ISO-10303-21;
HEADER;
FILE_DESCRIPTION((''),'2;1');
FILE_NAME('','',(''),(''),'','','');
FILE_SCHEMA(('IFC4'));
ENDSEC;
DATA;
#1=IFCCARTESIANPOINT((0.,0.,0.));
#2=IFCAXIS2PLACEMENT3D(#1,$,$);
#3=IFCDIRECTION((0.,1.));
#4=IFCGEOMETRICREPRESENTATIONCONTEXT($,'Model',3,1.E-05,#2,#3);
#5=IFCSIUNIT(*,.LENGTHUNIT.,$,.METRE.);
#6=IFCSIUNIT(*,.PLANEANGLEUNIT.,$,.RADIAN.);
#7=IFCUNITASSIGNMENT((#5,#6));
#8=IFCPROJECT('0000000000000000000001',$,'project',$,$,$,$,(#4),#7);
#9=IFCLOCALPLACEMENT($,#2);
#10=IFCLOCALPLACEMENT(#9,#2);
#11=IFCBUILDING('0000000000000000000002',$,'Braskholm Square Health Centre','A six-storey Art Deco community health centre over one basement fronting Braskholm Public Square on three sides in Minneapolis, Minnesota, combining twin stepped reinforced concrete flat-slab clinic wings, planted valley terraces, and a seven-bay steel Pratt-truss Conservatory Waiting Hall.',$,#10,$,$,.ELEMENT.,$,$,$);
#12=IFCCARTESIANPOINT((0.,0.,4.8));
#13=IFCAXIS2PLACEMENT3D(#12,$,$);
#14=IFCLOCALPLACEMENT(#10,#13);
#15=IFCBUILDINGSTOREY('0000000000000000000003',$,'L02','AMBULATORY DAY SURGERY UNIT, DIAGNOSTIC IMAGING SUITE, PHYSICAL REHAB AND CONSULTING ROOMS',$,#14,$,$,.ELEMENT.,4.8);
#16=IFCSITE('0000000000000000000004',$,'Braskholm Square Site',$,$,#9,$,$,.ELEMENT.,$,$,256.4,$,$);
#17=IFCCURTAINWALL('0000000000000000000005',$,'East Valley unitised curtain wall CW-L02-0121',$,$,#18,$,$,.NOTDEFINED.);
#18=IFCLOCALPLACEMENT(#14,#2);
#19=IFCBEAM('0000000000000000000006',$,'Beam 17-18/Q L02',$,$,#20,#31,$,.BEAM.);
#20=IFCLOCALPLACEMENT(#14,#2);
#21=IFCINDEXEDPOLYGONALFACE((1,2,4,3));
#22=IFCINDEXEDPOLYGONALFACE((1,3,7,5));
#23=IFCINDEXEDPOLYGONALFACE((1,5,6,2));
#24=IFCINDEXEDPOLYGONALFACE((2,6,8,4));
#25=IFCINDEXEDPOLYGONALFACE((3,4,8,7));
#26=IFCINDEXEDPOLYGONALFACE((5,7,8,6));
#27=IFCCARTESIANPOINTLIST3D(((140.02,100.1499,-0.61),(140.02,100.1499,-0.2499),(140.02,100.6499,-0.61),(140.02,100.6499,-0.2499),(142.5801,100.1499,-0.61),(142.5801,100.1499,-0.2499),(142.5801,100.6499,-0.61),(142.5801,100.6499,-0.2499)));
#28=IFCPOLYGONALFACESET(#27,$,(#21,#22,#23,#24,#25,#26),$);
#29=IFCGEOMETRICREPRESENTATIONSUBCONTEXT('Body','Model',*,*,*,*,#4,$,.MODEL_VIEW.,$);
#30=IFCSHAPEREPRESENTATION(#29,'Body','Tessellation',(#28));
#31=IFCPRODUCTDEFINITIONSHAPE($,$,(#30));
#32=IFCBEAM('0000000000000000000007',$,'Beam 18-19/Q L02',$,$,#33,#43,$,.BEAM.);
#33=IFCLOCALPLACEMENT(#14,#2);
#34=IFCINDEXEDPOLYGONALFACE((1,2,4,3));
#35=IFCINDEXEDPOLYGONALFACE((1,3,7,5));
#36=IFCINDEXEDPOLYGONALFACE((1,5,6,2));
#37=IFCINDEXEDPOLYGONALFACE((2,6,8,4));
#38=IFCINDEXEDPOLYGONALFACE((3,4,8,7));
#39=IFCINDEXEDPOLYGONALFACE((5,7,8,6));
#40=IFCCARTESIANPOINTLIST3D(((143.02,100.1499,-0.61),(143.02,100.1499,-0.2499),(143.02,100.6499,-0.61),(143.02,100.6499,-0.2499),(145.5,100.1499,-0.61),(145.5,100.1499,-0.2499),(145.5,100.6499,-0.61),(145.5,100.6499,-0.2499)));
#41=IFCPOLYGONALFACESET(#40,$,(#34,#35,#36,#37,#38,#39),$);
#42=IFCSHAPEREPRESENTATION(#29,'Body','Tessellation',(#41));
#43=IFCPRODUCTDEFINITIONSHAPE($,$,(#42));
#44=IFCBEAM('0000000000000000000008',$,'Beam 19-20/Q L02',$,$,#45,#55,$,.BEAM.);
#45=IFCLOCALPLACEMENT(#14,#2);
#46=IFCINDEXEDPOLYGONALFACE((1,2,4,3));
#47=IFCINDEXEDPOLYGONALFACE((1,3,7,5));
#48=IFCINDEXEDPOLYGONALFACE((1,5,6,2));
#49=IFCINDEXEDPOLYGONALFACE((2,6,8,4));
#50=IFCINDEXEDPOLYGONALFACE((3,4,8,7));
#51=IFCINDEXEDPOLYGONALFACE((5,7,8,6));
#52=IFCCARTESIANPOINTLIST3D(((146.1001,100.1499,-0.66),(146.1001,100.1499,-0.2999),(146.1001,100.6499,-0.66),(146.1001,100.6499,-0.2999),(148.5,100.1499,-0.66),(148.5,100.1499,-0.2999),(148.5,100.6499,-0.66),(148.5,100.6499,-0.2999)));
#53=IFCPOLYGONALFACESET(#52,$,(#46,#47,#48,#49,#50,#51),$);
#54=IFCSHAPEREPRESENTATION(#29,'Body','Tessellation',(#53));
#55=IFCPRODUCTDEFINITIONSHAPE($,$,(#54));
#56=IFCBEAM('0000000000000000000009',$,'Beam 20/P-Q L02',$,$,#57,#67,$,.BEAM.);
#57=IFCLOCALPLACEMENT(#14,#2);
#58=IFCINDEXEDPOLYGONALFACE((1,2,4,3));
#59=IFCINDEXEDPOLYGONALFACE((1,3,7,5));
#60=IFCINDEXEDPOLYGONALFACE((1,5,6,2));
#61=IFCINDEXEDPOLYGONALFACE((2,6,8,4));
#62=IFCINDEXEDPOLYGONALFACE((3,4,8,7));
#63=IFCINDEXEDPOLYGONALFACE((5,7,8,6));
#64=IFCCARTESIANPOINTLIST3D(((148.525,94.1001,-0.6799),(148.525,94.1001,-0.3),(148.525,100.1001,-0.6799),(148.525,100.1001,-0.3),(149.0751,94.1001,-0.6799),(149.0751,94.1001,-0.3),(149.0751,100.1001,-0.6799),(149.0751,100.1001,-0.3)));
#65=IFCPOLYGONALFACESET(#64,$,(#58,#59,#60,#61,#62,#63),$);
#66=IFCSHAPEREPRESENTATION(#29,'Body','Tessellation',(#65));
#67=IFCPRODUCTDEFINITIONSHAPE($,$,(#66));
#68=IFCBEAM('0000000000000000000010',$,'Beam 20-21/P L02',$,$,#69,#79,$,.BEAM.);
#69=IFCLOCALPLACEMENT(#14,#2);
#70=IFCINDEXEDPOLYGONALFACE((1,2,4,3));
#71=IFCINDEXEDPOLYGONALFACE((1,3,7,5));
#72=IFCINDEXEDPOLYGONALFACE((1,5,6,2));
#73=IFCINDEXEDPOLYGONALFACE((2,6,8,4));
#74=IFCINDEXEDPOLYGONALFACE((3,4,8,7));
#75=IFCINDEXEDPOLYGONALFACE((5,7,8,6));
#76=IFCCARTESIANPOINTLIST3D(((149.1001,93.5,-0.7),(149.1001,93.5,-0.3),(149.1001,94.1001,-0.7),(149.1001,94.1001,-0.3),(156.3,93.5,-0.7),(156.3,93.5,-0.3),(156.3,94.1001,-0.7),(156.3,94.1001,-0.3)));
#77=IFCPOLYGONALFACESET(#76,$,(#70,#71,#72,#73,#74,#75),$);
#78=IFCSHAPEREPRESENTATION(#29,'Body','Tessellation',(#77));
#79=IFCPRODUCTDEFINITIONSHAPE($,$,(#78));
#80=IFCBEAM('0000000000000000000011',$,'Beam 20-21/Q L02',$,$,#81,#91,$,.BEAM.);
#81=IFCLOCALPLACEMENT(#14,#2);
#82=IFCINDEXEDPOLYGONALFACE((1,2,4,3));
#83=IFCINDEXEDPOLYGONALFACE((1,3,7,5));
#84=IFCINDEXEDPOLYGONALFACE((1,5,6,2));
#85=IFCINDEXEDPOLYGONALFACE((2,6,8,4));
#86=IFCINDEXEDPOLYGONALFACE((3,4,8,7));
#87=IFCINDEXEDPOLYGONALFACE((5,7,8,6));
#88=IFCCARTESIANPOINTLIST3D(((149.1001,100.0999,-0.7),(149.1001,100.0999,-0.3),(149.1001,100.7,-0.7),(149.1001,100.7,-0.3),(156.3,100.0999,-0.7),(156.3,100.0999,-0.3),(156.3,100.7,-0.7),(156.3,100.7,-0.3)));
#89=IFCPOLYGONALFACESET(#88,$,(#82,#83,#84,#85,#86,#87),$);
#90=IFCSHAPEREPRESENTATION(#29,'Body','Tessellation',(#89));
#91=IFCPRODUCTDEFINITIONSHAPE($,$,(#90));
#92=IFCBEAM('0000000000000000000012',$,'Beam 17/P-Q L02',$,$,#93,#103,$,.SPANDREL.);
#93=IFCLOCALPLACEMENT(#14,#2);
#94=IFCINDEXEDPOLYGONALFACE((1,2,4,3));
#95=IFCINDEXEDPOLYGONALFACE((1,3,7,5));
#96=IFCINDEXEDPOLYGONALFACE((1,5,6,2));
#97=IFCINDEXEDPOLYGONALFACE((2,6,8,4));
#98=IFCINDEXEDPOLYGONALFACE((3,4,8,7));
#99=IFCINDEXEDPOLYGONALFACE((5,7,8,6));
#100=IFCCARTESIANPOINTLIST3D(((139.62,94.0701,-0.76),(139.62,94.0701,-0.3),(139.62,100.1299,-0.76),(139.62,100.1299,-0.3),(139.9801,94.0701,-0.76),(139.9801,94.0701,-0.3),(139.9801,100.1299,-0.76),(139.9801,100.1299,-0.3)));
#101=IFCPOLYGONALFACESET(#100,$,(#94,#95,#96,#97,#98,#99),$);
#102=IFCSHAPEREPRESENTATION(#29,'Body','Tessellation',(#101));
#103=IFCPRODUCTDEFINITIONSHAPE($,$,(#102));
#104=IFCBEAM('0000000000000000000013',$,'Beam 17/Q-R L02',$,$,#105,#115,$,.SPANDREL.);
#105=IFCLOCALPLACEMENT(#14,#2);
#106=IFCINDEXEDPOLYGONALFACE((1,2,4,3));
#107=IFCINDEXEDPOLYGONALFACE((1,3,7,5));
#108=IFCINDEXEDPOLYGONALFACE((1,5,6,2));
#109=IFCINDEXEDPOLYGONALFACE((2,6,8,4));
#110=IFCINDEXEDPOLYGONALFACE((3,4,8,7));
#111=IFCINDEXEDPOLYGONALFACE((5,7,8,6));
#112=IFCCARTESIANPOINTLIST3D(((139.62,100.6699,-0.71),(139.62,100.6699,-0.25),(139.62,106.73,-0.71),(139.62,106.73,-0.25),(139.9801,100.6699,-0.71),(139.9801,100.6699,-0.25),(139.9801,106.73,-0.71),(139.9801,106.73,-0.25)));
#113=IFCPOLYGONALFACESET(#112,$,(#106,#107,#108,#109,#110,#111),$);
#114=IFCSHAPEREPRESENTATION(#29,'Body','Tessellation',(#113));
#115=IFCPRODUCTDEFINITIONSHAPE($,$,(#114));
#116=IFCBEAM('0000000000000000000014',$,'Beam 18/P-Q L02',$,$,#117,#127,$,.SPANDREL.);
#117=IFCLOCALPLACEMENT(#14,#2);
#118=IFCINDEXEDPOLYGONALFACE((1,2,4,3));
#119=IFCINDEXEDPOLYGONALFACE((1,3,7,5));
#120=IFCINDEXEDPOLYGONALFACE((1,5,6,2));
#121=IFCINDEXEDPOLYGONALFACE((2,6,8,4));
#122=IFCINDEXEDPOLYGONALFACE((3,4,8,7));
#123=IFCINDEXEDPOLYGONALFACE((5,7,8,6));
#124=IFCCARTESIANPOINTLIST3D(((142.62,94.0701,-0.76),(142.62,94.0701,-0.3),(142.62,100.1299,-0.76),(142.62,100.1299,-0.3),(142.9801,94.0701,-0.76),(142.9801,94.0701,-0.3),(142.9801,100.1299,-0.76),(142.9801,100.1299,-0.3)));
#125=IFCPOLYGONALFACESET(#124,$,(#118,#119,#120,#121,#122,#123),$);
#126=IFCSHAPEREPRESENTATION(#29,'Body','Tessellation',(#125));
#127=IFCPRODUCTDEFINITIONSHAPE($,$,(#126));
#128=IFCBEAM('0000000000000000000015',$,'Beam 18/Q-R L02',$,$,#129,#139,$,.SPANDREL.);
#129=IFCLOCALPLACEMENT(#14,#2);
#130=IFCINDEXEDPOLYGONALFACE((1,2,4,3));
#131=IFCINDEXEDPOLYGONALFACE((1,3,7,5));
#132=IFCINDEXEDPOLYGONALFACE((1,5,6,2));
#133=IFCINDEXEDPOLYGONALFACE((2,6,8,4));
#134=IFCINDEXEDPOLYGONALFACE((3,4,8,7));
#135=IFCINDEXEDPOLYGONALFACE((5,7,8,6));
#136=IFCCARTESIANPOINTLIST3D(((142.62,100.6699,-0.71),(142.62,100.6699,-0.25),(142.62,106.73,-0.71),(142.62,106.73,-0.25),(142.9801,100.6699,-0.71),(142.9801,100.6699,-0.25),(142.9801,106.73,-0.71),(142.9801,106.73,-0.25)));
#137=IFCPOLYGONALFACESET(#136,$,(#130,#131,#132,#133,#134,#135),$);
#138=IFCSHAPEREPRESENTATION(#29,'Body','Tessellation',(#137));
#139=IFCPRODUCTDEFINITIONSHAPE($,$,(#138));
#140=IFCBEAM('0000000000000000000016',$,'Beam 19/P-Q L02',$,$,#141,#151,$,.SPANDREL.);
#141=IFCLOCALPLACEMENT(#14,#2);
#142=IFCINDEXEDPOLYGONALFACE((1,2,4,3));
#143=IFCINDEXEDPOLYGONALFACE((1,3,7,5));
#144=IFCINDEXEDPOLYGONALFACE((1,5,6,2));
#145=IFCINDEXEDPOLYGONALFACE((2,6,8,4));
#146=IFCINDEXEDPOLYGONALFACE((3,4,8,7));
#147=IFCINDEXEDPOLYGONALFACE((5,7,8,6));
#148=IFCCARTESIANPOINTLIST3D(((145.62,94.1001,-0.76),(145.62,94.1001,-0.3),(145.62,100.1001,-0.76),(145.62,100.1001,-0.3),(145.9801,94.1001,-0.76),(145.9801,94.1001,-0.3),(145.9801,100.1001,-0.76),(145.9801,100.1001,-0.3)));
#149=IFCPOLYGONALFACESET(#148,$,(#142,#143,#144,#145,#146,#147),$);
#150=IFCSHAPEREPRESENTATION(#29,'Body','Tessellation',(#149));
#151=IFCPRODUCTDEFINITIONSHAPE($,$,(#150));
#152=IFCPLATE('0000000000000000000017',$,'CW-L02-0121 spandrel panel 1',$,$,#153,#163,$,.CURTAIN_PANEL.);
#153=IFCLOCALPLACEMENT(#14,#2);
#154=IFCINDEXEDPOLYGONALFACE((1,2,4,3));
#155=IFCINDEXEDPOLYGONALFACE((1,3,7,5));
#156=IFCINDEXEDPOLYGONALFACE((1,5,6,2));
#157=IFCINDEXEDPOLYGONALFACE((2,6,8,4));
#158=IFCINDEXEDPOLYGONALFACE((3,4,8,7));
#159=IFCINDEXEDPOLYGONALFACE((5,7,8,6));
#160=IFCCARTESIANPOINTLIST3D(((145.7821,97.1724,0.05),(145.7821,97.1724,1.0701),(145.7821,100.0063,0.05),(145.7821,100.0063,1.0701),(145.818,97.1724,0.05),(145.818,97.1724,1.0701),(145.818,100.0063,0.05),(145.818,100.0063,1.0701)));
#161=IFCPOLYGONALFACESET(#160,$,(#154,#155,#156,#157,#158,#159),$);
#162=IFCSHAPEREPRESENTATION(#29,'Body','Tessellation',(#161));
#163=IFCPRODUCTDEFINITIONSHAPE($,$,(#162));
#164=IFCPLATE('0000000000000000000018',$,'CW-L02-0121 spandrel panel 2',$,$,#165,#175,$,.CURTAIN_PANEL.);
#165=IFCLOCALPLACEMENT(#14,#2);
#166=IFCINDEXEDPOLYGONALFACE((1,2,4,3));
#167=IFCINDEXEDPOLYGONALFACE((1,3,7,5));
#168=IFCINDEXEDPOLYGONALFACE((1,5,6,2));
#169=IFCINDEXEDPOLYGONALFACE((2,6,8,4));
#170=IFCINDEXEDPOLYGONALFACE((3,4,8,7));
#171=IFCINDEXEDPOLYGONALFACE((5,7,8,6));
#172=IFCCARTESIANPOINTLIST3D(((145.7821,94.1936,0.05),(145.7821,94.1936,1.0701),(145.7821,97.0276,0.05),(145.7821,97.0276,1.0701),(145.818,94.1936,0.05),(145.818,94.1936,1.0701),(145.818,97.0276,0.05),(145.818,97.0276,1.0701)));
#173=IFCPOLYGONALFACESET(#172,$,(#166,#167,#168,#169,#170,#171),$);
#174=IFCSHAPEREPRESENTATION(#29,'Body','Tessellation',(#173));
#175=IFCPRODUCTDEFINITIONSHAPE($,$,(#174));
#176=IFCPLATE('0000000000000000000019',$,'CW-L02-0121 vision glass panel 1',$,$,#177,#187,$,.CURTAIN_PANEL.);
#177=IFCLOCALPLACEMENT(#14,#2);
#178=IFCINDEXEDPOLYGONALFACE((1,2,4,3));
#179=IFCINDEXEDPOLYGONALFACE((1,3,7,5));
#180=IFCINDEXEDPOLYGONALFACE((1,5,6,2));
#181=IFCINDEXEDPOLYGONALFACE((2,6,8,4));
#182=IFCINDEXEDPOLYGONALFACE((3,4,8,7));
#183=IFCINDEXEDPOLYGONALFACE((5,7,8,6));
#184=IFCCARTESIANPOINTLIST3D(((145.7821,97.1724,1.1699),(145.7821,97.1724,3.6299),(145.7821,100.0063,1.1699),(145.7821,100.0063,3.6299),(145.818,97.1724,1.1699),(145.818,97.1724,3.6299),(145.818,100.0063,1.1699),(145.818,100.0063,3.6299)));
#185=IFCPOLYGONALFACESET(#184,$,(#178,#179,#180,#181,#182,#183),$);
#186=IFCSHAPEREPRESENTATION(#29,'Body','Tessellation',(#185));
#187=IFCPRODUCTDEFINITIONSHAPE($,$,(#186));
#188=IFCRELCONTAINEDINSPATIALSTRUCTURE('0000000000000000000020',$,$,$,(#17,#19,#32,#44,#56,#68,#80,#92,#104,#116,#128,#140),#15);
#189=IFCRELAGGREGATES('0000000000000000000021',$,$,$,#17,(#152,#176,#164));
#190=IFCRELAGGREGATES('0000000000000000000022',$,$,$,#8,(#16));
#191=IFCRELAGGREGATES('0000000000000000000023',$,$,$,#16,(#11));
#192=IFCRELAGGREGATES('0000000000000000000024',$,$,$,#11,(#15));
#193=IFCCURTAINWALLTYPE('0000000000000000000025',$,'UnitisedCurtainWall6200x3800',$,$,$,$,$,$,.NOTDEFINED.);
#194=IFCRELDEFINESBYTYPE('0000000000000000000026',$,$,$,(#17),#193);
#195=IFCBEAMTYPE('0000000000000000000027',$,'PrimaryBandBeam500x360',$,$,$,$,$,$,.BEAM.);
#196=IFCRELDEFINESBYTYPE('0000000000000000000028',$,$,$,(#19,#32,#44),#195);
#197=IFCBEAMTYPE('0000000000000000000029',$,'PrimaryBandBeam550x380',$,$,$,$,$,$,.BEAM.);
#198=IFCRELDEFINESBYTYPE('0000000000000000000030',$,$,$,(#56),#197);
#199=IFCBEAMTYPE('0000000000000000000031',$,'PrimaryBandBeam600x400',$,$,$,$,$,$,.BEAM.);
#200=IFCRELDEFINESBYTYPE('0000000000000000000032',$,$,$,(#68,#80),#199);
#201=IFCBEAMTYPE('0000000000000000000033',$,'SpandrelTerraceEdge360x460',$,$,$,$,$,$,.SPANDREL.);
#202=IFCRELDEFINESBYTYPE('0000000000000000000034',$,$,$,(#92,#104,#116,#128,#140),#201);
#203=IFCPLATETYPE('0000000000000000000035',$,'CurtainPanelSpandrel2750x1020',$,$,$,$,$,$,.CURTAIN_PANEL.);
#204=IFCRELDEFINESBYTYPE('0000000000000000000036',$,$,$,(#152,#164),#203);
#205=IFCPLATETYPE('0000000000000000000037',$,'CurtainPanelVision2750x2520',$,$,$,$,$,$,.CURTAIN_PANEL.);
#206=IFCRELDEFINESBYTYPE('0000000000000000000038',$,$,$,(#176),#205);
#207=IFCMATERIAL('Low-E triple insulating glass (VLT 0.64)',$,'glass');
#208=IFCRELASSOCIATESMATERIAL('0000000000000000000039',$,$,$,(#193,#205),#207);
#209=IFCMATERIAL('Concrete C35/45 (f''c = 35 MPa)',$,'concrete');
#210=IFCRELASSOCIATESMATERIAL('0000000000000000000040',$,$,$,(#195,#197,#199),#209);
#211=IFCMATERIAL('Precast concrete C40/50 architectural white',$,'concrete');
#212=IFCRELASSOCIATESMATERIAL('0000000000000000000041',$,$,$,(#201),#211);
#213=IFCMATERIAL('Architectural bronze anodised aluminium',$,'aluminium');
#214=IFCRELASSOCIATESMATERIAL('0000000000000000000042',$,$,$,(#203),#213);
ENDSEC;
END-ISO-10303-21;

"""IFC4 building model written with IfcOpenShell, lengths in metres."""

from ifc_helpers import new_model, si_unit, direction, frame, origin, origin_2d, place, context, subcontext, project, spatial, rectangle, extrude, material, material_profile, profile_set, type_object, element, aggregate, save


model = new_model("IFC4")

# Units and contexts
model_context = context("Model", 3, precision=1e-05, world=origin(), true_north=direction((0.0, 1.0)))
body_context = subcontext(model_context, "Body", "Model", "MODEL_VIEW")
ifc_project = project(units=[si_unit("LENGTHUNIT", "METRE"), si_unit("PLANEANGLEUNIT", "RADIAN")], contexts=[model_context])

# Site, building, storey
site_placement = place(None, origin())
site = spatial("IfcSite", under=ifc_project, at=site_placement, Name="Braskholm Square Site", CompositionType="ELEMENT", RefElevation=256.4)
building_placement = place(site_placement, origin())
building = spatial("IfcBuilding", under=site, at=building_placement, Name="Braskholm Square Health Centre", Description="A six-storey Art Deco community health centre over one basement fronting Braskholm Public Square on three sides in Minneapolis, Minnesota, combining twin stepped reinforced concrete flat-slab clinic wings, planted valley terraces, and a seven-bay steel Pratt-truss Conservatory Waiting Hall.", CompositionType="ELEMENT")
storey_placement = place(building_placement, frame((0.0, 0.0, 4.8)))
storey = spatial("IfcBuildingStorey", under=building, at=storey_placement, Name="L02", Description="AMBULATORY DAY SURGERY UNIT, DIAGNOSTIC IMAGING SUITE, PHYSICAL REHAB AND CONSULTING ROOMS", CompositionType="ELEMENT", Elevation=4.8)

# Curtain wall
ifc_material_1 = material(Name="Low-E triple insulating glass (VLT 0.64)", Category="glass")
curtain_wall_type_1 = type_object("IfcCurtainWallType", Name="UnitisedCurtainWall6200x3800", PredefinedType="NOTDEFINED", material=ifc_material_1)
curtain_wall_1_placement = place(storey_placement, origin())
curtain_wall_1 = element("IfcCurtainWall", 1, at=curtain_wall_1_placement, inside=storey, type_object=curtain_wall_type_1, Name="East Valley unitised curtain wall CW-L02-0121", PredefinedType="NOTDEFINED")
ifc_material_2 = material(Name="Architectural bronze anodised aluminium", Category="aluminium")

# Beams
ifc_material_3 = material(Name="Concrete C35/45 (f'c = 35 MPa)", Category="concrete")
ifc_material_profile_1 = material_profile(ifc_material_3, rectangle(XDim=0.5, YDim=0.3601, at=origin_2d()), Name="RCB-500X360")
ifc_profile_set_1 = profile_set([ifc_material_profile_1], Name="Concrete C35/45 (f'c = 35 MPa)")
beam_type_1 = type_object("IfcBeamType", Name="PrimaryBandBeam500x360", PredefinedType="BEAM", material=ifc_profile_set_1)
beam_1_placement = place(storey_placement, frame((140.02, 100.3999, -0.4299), z_axis=(1.0, 0.0, 0.0), x_axis=(0.0, 1.0, 0.0)))
element("IfcBeam", 2, at=beam_1_placement, inside=storey, type_object=beam_type_1, Name="Beam 17-18/Q L02", PredefinedType="BEAM", context=body_context, shape_type="SweptSolid", body=[
    extrude(rectangle(XDim=0.5, YDim=0.3601, at=origin_2d()), origin(), (0.0, 0.0, 1.0), 2.5601),
])
beam_2_placement = place(storey_placement, frame((143.02, 100.3999, -0.4299), z_axis=(1.0, 0.0, 0.0), x_axis=(0.0, 1.0, 0.0)))
element("IfcBeam", 3, at=beam_2_placement, inside=storey, type_object=beam_type_1, Name="Beam 18-19/Q L02", PredefinedType="BEAM", context=body_context, shape_type="SweptSolid", body=[
    extrude(rectangle(XDim=0.5, YDim=0.3601, at=origin_2d()), origin(), (0.0, 0.0, 1.0), 2.48),
])
beam_3_placement = place(storey_placement, frame((146.1001, 100.3999, -0.48), z_axis=(1.0, 0.0, 0.0), x_axis=(0.0, 1.0, 0.0)))
element("IfcBeam", 4, at=beam_3_placement, inside=storey, type_object=beam_type_1, Name="Beam 19-20/Q L02", PredefinedType="BEAM", context=body_context, shape_type="SweptSolid", body=[
    extrude(rectangle(XDim=0.5, YDim=0.3601, at=origin_2d()), origin(), (0.0, 0.0, 1.0), 2.3999),
])
ifc_material_profile_2 = material_profile(ifc_material_3, rectangle(XDim=0.55, YDim=0.3799, at=origin_2d()), Name="RCB-550X380")
ifc_profile_set_2 = profile_set([ifc_material_profile_2], Name="Concrete C35/45 (f'c = 35 MPa)")
beam_type_2 = type_object("IfcBeamType", Name="PrimaryBandBeam550x380", PredefinedType="BEAM", material=ifc_profile_set_2)
beam_4_placement = place(storey_placement, frame((148.8, 94.1001, -0.49), z_axis=(0.0, 1.0, 0.0), x_axis=(-1.0, 0.0, 0.0)))
element("IfcBeam", 5, at=beam_4_placement, inside=storey, type_object=beam_type_2, Name="Beam 20/P-Q L02", PredefinedType="BEAM", context=body_context, shape_type="SweptSolid", body=[
    extrude(rectangle(XDim=0.55, YDim=0.3799, at=origin_2d()), origin(), (0.0, 0.0, 1.0), 6.0),
])
ifc_material_profile_3 = material_profile(ifc_material_3, rectangle(XDim=0.6001, YDim=0.3999, at=origin_2d()), Name="RCB-600X400")
ifc_profile_set_3 = profile_set([ifc_material_profile_3], Name="Concrete C35/45 (f'c = 35 MPa)")
beam_type_3 = type_object("IfcBeamType", Name="PrimaryBandBeam600x400", PredefinedType="BEAM", material=ifc_profile_set_3)
for number, where, z_axis, x_axis, name in (
    (6, (149.1001, 93.8, -0.5), (1.0, 0.0, 0.0), (0.0, 1.0, 0.0), "Beam 20-21/P L02"),
    (7, (149.1001, 100.3999, -0.5), (1.0, 0.0, 0.0), (0.0, 1.0, 0.0), "Beam 20-21/Q L02"),
):
    element("IfcBeam", number, at=place(storey_placement, frame(where, z_axis=z_axis, x_axis=x_axis)), inside=storey, type_object=beam_type_3, Name=name, PredefinedType="BEAM", context=body_context, shape_type="SweptSolid", body=[
        extrude(rectangle(XDim=0.6001, YDim=0.3999, at=origin_2d()), origin(), (0.0, 0.0, 1.0), 7.2),
    ])
ifc_material_4 = material(Name="Precast concrete C40/50 architectural white", Category="concrete")
ifc_material_profile_4 = material_profile(ifc_material_4, rectangle(XDim=0.3601, YDim=0.46, at=origin_2d()), Name="RCB-360X460")
ifc_profile_set_4 = profile_set([ifc_material_profile_4], Name="Precast concrete C40/50 architectural white")
beam_type_4 = type_object("IfcBeamType", Name="SpandrelTerraceEdge360x460", PredefinedType="SPANDREL", material=ifc_profile_set_4)
beam_5_placement = place(storey_placement, frame((139.8, 94.0701, -0.53), z_axis=(0.0, 1.0, 0.0), x_axis=(-1.0, 0.0, 0.0)))
element("IfcBeam", 8, at=beam_5_placement, inside=storey, type_object=beam_type_4, Name="Beam 17/P-Q L02", PredefinedType="SPANDREL", context=body_context, shape_type="SweptSolid", body=[
    extrude(rectangle(XDim=0.3601, YDim=0.46, at=origin_2d()), origin(), (0.0, 0.0, 1.0), 6.0598),
])
beam_6_placement = place(storey_placement, frame((139.8, 100.6699, -0.48), z_axis=(0.0, 1.0, 0.0), x_axis=(-1.0, 0.0, 0.0)))
element("IfcBeam", 9, at=beam_6_placement, inside=storey, type_object=beam_type_4, Name="Beam 17/Q-R L02", PredefinedType="SPANDREL", context=body_context, shape_type="SweptSolid", body=[
    extrude(rectangle(XDim=0.3601, YDim=0.46, at=origin_2d()), origin(), (0.0, 0.0, 1.0), 6.0601),
])
beam_7_placement = place(storey_placement, frame((142.8, 94.0701, -0.53), z_axis=(0.0, 1.0, 0.0), x_axis=(-1.0, 0.0, 0.0)))
element("IfcBeam", 10, at=beam_7_placement, inside=storey, type_object=beam_type_4, Name="Beam 18/P-Q L02", PredefinedType="SPANDREL", context=body_context, shape_type="SweptSolid", body=[
    extrude(rectangle(XDim=0.3601, YDim=0.46, at=origin_2d()), origin(), (0.0, 0.0, 1.0), 6.0598),
])
beam_8_placement = place(storey_placement, frame((142.8, 100.6699, -0.48), z_axis=(0.0, 1.0, 0.0), x_axis=(-1.0, 0.0, 0.0)))
element("IfcBeam", 11, at=beam_8_placement, inside=storey, type_object=beam_type_4, Name="Beam 18/Q-R L02", PredefinedType="SPANDREL", context=body_context, shape_type="SweptSolid", body=[
    extrude(rectangle(XDim=0.3601, YDim=0.46, at=origin_2d()), origin(), (0.0, 0.0, 1.0), 6.0601),
])
beam_9_placement = place(storey_placement, frame((145.8, 94.1001, -0.53), z_axis=(0.0, 1.0, 0.0), x_axis=(-1.0, 0.0, 0.0)))
element("IfcBeam", 12, at=beam_9_placement, inside=storey, type_object=beam_type_4, Name="Beam 19/P-Q L02", PredefinedType="SPANDREL", context=body_context, shape_type="SweptSolid", body=[
    extrude(rectangle(XDim=0.3601, YDim=0.46, at=origin_2d()), origin(), (0.0, 0.0, 1.0), 6.0),
])

# Plates
plate_type_1 = type_object("IfcPlateType", Name="CurtainPanelSpandrel2750x1020", PredefinedType="CURTAIN_PANEL", material=ifc_material_2)
plate_1_placement = place(storey_placement, frame((145.8, 98.5894, 0.05), z_axis=(0.0, 0.0, 1.0), x_axis=(0.0, -1.0, 0.0)))
plate_1 = element("IfcPlate", 13, at=plate_1_placement, type_object=plate_type_1, Name="CW-L02-0121 spandrel panel 1", PredefinedType="CURTAIN_PANEL", context=body_context, shape_type="SweptSolid", body=[
    extrude(rectangle(XDim=2.834, YDim=0.0359, at=origin_2d()), origin(), (0.0, 0.0, 1.0), 1.02),
])
plate_2_placement = place(storey_placement, frame((145.8, 95.6106, 0.05), z_axis=(0.0, 0.0, 1.0), x_axis=(0.0, -1.0, 0.0)))
plate_2 = element("IfcPlate", 14, at=plate_2_placement, type_object=plate_type_1, Name="CW-L02-0121 spandrel panel 2", PredefinedType="CURTAIN_PANEL", context=body_context, shape_type="SweptSolid", body=[
    extrude(rectangle(XDim=2.834, YDim=0.0359, at=origin_2d()), origin(), (0.0, 0.0, 1.0), 1.02),
])
plate_type_2 = type_object("IfcPlateType", Name="CurtainPanelVision2750x2520", PredefinedType="CURTAIN_PANEL", material=ifc_material_1)
plate_3_placement = place(storey_placement, frame((145.8, 98.5894, 1.1699), z_axis=(0.0, 0.0, 1.0), x_axis=(0.0, -1.0, 0.0)))
plate_3 = element("IfcPlate", 15, at=plate_3_placement, type_object=plate_type_2, Name="CW-L02-0121 vision glass panel 1", PredefinedType="CURTAIN_PANEL", context=body_context, shape_type="SweptSolid", body=[
    extrude(rectangle(XDim=2.834, YDim=0.0359, at=origin_2d()), origin(), (0.0, 0.0, 1.0), 2.46),
])
aggregate(curtain_wall_1, [plate_1, plate_3, plate_2])

save(model, "model.ifc")
